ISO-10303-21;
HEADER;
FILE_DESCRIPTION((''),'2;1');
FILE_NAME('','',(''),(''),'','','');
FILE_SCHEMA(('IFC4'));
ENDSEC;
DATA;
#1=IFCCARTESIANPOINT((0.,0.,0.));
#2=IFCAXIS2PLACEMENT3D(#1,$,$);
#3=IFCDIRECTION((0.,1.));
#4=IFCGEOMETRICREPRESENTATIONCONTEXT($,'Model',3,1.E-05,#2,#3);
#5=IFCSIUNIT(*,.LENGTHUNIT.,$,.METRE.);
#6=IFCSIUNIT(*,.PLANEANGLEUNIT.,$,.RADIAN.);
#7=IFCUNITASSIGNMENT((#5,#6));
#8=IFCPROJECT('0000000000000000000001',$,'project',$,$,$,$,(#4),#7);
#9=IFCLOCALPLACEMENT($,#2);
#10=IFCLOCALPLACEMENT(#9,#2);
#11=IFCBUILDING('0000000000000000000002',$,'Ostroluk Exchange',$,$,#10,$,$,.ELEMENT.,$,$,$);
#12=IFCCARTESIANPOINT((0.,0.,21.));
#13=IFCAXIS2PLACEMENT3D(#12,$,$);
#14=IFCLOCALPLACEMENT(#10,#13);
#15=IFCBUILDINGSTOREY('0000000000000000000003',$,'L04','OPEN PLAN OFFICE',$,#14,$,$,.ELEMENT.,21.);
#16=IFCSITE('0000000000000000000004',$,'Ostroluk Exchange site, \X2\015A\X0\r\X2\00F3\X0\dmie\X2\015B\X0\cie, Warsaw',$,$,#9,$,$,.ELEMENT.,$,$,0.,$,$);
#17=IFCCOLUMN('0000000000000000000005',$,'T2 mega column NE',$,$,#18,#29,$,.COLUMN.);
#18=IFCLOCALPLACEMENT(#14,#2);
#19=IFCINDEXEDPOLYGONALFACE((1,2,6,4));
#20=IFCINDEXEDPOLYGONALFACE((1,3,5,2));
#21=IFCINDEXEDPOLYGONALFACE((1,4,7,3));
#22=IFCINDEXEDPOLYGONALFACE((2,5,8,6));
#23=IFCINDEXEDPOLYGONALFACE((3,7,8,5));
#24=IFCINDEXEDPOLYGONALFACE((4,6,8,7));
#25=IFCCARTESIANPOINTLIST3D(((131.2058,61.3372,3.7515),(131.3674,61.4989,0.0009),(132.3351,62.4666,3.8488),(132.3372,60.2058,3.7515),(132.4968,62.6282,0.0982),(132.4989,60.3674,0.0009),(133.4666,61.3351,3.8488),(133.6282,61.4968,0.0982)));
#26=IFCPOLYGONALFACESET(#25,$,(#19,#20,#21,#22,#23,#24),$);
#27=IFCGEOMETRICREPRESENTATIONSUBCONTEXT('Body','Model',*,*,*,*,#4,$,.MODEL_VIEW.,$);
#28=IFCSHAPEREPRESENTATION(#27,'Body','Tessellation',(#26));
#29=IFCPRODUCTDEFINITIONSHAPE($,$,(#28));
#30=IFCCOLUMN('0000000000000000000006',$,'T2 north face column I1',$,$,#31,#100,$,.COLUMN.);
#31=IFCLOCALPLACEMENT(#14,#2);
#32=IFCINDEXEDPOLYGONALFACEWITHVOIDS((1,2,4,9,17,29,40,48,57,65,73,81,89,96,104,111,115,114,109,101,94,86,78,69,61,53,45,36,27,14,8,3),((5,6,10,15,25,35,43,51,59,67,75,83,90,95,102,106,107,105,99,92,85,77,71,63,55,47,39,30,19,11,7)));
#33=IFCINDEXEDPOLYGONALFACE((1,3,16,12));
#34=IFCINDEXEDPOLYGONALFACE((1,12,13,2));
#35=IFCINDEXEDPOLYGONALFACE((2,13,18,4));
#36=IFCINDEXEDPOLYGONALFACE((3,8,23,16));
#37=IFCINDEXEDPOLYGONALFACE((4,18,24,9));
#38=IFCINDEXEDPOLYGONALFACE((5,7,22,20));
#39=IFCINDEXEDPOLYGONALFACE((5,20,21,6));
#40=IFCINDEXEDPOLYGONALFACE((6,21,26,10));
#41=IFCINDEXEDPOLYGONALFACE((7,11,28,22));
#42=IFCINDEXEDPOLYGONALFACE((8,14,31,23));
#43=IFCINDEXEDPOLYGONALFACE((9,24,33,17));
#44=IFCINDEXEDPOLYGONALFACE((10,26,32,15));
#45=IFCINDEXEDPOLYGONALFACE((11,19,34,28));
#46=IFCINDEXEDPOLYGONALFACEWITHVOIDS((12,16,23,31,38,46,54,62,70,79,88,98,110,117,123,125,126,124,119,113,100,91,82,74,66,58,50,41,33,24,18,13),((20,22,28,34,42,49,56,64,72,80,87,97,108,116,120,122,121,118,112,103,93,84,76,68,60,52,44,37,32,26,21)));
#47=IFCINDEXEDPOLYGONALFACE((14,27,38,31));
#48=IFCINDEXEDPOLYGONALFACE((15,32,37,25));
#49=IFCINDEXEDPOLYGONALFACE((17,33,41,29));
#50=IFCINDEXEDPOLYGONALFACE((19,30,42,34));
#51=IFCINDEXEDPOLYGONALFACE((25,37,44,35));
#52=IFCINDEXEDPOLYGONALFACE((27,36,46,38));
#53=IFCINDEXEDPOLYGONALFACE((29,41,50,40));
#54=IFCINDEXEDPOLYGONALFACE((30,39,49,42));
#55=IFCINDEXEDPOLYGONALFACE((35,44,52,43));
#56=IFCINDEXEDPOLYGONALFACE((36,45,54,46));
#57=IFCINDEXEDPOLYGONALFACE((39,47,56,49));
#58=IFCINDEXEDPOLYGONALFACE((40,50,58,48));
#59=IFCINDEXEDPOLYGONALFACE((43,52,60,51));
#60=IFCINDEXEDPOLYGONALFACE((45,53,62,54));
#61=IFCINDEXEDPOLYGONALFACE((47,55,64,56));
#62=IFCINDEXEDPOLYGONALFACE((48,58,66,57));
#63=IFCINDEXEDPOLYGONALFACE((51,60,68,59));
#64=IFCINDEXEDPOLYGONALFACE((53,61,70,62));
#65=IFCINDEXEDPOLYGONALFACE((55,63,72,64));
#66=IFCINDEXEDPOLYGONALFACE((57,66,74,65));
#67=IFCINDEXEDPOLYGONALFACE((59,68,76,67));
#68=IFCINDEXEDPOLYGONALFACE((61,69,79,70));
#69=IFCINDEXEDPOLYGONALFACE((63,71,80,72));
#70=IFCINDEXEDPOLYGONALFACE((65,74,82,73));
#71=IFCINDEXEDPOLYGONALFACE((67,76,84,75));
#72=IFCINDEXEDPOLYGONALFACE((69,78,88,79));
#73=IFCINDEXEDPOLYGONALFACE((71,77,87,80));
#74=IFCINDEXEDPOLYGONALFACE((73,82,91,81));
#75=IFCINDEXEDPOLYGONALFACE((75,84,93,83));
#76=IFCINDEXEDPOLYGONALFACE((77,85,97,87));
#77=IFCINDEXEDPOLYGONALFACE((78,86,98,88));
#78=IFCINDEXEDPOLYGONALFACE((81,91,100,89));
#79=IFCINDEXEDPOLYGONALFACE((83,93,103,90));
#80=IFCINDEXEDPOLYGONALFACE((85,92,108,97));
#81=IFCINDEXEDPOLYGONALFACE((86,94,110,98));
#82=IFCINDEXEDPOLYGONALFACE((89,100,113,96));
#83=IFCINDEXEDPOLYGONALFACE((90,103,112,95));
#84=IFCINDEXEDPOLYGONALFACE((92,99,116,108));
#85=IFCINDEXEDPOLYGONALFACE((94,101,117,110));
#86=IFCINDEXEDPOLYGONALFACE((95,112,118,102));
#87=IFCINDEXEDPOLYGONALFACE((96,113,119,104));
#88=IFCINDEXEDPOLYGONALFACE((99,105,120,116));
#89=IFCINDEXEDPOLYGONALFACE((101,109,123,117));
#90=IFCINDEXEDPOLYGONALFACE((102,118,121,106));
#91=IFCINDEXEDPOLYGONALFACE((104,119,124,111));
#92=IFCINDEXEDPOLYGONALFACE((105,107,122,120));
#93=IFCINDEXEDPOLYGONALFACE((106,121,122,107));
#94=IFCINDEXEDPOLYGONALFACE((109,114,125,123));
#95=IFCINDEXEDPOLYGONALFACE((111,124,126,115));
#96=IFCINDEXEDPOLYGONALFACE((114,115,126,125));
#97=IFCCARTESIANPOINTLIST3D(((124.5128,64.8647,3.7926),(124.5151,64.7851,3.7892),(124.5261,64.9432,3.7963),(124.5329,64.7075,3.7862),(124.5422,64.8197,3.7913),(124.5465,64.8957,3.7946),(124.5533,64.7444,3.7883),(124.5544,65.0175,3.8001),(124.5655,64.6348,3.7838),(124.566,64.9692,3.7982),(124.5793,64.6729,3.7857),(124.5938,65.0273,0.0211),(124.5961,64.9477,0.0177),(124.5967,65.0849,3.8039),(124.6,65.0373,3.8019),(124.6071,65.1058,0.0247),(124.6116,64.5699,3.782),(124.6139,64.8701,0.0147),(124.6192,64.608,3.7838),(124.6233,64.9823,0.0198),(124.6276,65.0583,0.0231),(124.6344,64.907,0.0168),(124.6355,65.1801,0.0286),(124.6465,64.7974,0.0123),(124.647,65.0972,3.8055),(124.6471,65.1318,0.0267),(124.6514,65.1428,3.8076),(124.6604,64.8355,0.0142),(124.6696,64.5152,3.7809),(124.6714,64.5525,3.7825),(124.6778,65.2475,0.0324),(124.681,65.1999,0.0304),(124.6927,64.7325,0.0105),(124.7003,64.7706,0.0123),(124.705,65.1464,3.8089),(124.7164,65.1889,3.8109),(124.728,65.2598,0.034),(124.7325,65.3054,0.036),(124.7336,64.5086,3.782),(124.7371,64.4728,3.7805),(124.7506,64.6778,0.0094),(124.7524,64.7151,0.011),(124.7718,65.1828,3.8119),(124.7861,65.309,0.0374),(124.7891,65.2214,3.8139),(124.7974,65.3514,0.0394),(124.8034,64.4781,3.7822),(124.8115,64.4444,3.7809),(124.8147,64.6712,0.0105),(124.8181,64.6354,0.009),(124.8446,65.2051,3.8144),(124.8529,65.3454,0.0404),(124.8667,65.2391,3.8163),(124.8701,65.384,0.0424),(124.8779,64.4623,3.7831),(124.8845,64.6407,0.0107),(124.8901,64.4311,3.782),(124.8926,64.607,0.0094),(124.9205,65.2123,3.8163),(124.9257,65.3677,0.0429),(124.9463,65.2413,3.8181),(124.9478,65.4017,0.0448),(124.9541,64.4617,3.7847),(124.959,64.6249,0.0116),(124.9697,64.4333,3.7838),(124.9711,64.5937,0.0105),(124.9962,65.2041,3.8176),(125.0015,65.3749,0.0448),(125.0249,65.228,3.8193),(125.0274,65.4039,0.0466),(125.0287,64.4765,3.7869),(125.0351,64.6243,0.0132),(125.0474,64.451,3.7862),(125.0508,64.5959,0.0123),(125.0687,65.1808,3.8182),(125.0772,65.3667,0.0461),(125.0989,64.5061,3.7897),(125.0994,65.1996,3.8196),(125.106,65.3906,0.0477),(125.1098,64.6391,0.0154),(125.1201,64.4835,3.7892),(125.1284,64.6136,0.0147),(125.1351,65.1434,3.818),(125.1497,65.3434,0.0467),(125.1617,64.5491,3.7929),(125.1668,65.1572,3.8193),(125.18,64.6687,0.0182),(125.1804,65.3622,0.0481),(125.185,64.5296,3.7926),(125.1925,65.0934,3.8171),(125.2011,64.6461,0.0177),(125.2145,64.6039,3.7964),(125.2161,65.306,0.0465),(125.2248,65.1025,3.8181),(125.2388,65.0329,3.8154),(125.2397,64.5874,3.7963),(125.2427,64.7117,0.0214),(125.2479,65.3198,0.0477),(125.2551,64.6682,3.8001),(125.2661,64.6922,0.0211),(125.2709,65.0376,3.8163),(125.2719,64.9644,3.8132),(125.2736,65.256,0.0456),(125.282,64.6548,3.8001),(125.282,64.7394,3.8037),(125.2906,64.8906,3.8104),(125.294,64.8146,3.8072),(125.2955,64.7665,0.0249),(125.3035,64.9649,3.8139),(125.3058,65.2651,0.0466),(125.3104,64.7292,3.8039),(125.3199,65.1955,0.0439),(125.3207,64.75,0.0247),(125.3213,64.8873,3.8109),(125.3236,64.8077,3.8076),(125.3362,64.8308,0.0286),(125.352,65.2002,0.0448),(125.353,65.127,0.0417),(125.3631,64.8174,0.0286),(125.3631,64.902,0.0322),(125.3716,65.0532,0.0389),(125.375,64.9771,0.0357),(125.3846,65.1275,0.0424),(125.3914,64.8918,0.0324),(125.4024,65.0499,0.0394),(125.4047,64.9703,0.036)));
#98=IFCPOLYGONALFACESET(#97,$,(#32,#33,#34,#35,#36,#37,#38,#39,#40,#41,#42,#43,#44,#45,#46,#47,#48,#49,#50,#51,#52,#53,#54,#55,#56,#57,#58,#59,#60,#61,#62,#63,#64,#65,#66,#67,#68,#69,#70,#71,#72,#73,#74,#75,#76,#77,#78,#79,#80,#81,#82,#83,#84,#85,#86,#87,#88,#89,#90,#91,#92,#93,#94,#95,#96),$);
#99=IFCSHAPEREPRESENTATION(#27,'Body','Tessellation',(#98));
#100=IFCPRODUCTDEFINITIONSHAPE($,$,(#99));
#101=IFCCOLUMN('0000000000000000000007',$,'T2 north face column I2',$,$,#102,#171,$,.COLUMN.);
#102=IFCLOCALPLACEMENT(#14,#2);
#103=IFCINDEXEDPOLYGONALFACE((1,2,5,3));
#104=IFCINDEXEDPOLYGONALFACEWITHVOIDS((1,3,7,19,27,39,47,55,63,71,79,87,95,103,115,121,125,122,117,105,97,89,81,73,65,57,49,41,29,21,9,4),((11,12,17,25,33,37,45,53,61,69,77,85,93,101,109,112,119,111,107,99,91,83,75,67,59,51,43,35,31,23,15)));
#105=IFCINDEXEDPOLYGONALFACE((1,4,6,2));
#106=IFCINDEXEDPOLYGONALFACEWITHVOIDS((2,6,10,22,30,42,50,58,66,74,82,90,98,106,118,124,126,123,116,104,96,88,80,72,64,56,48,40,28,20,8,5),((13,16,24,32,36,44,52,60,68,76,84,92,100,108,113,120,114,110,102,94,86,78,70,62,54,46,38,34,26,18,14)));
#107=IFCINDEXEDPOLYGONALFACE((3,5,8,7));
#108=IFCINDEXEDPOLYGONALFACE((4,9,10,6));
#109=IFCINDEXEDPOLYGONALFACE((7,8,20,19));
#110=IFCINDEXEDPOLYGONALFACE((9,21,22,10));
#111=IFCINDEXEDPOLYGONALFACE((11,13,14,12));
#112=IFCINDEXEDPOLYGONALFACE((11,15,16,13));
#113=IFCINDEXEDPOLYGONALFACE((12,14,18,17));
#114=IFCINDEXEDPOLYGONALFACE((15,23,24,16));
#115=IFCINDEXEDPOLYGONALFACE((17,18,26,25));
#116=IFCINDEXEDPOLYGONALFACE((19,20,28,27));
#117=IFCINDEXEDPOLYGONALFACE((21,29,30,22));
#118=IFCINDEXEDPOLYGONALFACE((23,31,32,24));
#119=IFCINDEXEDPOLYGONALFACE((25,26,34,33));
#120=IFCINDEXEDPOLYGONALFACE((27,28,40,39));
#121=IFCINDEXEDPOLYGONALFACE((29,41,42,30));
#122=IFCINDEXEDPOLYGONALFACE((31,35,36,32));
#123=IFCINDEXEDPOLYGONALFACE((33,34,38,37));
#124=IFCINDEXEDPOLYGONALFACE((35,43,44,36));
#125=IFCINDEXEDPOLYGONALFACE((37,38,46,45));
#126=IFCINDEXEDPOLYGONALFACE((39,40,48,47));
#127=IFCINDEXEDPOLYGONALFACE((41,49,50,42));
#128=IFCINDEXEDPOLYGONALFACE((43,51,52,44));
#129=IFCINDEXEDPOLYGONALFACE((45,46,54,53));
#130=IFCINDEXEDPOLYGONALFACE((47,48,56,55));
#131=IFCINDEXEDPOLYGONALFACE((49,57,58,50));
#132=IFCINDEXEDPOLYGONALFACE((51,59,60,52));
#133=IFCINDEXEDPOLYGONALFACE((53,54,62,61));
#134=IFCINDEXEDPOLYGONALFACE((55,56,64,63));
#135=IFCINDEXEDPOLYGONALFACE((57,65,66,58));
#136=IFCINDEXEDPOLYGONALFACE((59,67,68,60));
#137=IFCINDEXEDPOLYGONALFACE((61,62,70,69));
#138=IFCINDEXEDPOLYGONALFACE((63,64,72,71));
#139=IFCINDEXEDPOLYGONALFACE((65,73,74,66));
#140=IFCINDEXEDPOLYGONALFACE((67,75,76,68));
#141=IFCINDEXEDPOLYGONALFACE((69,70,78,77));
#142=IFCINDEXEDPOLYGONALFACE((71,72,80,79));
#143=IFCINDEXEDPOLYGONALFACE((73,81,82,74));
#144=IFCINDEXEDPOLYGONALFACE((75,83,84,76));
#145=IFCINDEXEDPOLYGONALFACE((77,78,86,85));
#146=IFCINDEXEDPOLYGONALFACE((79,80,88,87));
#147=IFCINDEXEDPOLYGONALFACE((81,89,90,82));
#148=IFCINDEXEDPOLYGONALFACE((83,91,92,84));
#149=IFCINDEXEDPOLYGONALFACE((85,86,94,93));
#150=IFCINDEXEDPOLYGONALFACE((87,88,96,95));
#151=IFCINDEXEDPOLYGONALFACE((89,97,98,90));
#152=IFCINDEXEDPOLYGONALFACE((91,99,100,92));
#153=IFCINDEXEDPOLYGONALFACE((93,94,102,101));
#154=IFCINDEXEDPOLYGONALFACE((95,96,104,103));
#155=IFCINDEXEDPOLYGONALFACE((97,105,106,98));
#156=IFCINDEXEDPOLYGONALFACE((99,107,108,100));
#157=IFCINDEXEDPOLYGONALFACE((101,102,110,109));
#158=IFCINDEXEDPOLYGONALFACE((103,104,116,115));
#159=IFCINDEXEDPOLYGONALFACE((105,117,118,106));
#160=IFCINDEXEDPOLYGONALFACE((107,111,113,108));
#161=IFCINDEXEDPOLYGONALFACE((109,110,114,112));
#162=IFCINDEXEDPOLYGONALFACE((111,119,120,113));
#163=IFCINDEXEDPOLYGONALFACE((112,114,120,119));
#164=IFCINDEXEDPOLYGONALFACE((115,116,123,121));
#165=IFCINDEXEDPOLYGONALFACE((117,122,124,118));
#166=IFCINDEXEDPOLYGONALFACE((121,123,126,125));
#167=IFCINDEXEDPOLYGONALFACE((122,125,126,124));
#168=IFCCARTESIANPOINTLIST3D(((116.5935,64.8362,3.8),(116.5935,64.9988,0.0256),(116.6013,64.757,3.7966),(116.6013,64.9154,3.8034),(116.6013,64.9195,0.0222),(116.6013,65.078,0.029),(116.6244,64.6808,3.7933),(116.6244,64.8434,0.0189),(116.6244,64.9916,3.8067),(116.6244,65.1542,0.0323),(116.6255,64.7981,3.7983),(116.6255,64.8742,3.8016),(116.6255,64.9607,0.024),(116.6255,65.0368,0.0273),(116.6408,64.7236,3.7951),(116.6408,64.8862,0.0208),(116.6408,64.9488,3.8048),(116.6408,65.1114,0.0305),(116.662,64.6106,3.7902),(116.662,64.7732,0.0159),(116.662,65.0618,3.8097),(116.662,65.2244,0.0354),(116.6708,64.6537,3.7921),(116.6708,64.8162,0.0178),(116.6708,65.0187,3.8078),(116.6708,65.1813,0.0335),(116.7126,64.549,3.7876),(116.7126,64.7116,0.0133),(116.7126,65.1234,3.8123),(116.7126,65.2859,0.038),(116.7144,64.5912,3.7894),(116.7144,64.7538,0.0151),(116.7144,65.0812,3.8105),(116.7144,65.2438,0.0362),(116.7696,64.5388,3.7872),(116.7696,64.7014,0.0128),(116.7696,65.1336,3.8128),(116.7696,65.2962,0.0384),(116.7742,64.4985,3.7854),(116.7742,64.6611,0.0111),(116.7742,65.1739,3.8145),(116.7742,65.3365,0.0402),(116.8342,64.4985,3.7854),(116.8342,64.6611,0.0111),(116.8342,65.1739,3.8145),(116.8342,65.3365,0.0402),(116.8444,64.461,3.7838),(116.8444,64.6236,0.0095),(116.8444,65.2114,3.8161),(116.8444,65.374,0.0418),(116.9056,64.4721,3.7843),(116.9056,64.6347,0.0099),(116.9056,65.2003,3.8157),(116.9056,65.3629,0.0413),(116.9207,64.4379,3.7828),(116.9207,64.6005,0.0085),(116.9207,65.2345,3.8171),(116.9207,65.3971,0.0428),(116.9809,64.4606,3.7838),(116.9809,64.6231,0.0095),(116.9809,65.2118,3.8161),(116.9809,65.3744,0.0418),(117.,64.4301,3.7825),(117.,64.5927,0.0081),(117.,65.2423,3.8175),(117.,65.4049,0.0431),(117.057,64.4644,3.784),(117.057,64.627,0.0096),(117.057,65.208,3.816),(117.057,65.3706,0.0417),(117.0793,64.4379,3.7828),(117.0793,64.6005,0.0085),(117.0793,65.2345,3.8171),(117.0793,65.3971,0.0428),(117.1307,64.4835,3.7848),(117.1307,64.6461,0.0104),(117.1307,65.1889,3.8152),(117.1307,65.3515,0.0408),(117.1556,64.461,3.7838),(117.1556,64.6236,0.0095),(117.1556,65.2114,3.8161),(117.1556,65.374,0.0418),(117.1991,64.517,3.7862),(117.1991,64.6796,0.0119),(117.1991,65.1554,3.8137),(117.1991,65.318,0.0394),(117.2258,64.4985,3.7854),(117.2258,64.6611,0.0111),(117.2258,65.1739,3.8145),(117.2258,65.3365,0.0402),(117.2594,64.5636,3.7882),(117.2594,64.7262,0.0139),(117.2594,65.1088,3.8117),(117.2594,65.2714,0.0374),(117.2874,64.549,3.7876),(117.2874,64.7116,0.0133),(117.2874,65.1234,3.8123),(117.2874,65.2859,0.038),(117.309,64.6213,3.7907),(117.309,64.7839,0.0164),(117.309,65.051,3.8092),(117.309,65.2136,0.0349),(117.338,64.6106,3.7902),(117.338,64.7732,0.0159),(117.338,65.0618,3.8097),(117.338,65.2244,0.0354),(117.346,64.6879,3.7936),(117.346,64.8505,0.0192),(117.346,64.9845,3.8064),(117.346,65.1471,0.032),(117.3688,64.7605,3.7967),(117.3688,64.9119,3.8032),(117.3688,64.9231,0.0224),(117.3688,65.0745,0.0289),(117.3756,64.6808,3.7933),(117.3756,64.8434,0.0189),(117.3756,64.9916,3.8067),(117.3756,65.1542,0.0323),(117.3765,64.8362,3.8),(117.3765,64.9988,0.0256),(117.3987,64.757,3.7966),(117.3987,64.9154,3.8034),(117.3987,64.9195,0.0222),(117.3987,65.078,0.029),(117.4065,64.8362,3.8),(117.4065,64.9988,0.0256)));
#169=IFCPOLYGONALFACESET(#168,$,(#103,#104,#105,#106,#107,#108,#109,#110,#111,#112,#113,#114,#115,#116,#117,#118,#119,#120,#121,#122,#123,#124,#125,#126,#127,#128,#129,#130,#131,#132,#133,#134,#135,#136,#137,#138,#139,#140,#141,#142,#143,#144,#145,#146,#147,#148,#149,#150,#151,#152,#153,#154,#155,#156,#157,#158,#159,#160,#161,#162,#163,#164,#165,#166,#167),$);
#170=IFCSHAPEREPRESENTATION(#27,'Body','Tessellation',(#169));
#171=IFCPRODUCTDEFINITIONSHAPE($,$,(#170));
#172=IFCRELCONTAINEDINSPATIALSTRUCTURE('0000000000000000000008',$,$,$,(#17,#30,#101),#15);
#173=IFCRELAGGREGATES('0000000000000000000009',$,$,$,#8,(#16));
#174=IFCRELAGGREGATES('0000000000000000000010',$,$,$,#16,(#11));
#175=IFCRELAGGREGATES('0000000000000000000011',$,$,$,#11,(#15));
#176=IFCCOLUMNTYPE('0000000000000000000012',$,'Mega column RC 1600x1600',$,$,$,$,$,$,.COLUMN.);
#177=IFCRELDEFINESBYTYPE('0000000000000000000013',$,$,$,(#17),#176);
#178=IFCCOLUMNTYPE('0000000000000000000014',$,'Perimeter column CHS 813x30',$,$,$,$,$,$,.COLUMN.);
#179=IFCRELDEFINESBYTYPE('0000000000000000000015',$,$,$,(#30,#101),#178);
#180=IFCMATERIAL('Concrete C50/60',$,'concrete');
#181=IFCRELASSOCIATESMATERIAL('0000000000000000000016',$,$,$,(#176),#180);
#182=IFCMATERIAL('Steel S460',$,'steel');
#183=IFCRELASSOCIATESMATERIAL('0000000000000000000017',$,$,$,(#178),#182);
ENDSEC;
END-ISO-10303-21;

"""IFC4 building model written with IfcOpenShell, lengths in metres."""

from ifc_helpers import new_model, si_unit, direction, frame, origin, origin_2d, place, context, subcontext, project, spatial, rectangle, hollow_circle, extrude, material, material_profile, profile_set, type_object, element, save


model = new_model("IFC4")

# Units and contexts
model_context = context("Model", 3, precision=1e-05, world=origin(), true_north=direction((0.0, 1.0)))
body_context = subcontext(model_context, "Body", "Model", "MODEL_VIEW")
ifc_project = project(units=[si_unit("LENGTHUNIT", "METRE"), si_unit("PLANEANGLEUNIT", "RADIAN")], contexts=[model_context])

# Site, building, storey
site_placement = place(None, origin())
site = spatial("IfcSite", under=ifc_project, at=site_placement, Name="Ostroluk Exchange site, Śródmieście, Warsaw", CompositionType="ELEMENT", RefElevation=0.0)
building_placement = place(site_placement, origin())
building = spatial("IfcBuilding", under=site, at=building_placement, Name="Ostroluk Exchange", CompositionType="ELEMENT")
storey_placement = place(building_placement, frame((0.0, 0.0, 21.0)))
storey = spatial("IfcBuildingStorey", under=building, at=storey_placement, Name="L04", Description="OPEN PLAN OFFICE", CompositionType="ELEMENT", Elevation=21.0)

# Columns
ifc_material_1 = material(Name="Concrete C50/60", Category="concrete")
ifc_material_profile_1 = material_profile(ifc_material_1, rectangle(XDim=1.6001, YDim=1.6001, at=origin_2d()), Name="RC 1600x1600")
ifc_profile_set_1 = profile_set([ifc_material_profile_1], Name="Concrete C50/60")
column_type_1 = type_object("IfcColumnType", Name="Mega column RC 1600x1600", PredefinedType="COLUMN", material=ifc_profile_set_1)
column_1_placement = place(storey_placement, frame((132.4978, 61.4978, 0.0496), z_axis=(-0.043014, -0.043014, 0.998148), x_axis=(0.707107, -0.707107, 0.0)))
element("IfcColumn", 1, at=column_1_placement, inside=storey, type_object=column_type_1, Name="T2 mega column NE", PredefinedType="COLUMN", context=body_context, shape_type="SweptSolid", body=[
    extrude(rectangle(XDim=1.6001, YDim=1.6001, at=origin_2d()), origin(), (0.0, 0.0, 1.0), 3.7576),
])
ifc_material_2 = material(Name="Steel S460", Category="steel")
ifc_material_profile_2 = material_profile(ifc_material_2, hollow_circle(Radius=0.4065, WallThickness=0.03, at=origin_2d()), Name="CHS 813x30")
ifc_profile_set_2 = profile_set([ifc_material_profile_2], Name="Steel S460")
column_type_2 = type_object("IfcColumnType", Name="Perimeter column CHS 813x30", PredefinedType="COLUMN", material=ifc_profile_set_2)
column_2_placement = place(storey_placement, frame((124.9993, 64.9988, 0.0286), z_axis=(-0.021467, -0.043062, 0.998842), x_axis=(0.894964, -0.446138, 0.0)))
element("IfcColumn", 2, at=column_2_placement, inside=storey, type_object=column_type_2, Name="T2 north face column I1", PredefinedType="COLUMN", context=body_context, shape_type="SweptSolid", body=[
    extrude(hollow_circle(Radius=0.4065, WallThickness=0.03, at=origin_2d()), origin(), (0.0, 0.0, 1.0), 3.7759),
])
column_3_placement = place(storey_placement, frame((117.0, 64.9988, 0.0256), z_axis=(0.0, -0.043039, 0.999073), x_axis=(1.0, 0.0, 0.0)))
element("IfcColumn", 3, at=column_3_placement, inside=storey, type_object=column_type_2, Name="T2 north face column I2", PredefinedType="COLUMN", context=body_context, shape_type="SweptSolid", body=[
    extrude(hollow_circle(Radius=0.4065, WallThickness=0.03, at=origin_2d()), origin(), (0.0, 0.0, 1.0), 3.7778),
])

save(model, "model.ifc")
